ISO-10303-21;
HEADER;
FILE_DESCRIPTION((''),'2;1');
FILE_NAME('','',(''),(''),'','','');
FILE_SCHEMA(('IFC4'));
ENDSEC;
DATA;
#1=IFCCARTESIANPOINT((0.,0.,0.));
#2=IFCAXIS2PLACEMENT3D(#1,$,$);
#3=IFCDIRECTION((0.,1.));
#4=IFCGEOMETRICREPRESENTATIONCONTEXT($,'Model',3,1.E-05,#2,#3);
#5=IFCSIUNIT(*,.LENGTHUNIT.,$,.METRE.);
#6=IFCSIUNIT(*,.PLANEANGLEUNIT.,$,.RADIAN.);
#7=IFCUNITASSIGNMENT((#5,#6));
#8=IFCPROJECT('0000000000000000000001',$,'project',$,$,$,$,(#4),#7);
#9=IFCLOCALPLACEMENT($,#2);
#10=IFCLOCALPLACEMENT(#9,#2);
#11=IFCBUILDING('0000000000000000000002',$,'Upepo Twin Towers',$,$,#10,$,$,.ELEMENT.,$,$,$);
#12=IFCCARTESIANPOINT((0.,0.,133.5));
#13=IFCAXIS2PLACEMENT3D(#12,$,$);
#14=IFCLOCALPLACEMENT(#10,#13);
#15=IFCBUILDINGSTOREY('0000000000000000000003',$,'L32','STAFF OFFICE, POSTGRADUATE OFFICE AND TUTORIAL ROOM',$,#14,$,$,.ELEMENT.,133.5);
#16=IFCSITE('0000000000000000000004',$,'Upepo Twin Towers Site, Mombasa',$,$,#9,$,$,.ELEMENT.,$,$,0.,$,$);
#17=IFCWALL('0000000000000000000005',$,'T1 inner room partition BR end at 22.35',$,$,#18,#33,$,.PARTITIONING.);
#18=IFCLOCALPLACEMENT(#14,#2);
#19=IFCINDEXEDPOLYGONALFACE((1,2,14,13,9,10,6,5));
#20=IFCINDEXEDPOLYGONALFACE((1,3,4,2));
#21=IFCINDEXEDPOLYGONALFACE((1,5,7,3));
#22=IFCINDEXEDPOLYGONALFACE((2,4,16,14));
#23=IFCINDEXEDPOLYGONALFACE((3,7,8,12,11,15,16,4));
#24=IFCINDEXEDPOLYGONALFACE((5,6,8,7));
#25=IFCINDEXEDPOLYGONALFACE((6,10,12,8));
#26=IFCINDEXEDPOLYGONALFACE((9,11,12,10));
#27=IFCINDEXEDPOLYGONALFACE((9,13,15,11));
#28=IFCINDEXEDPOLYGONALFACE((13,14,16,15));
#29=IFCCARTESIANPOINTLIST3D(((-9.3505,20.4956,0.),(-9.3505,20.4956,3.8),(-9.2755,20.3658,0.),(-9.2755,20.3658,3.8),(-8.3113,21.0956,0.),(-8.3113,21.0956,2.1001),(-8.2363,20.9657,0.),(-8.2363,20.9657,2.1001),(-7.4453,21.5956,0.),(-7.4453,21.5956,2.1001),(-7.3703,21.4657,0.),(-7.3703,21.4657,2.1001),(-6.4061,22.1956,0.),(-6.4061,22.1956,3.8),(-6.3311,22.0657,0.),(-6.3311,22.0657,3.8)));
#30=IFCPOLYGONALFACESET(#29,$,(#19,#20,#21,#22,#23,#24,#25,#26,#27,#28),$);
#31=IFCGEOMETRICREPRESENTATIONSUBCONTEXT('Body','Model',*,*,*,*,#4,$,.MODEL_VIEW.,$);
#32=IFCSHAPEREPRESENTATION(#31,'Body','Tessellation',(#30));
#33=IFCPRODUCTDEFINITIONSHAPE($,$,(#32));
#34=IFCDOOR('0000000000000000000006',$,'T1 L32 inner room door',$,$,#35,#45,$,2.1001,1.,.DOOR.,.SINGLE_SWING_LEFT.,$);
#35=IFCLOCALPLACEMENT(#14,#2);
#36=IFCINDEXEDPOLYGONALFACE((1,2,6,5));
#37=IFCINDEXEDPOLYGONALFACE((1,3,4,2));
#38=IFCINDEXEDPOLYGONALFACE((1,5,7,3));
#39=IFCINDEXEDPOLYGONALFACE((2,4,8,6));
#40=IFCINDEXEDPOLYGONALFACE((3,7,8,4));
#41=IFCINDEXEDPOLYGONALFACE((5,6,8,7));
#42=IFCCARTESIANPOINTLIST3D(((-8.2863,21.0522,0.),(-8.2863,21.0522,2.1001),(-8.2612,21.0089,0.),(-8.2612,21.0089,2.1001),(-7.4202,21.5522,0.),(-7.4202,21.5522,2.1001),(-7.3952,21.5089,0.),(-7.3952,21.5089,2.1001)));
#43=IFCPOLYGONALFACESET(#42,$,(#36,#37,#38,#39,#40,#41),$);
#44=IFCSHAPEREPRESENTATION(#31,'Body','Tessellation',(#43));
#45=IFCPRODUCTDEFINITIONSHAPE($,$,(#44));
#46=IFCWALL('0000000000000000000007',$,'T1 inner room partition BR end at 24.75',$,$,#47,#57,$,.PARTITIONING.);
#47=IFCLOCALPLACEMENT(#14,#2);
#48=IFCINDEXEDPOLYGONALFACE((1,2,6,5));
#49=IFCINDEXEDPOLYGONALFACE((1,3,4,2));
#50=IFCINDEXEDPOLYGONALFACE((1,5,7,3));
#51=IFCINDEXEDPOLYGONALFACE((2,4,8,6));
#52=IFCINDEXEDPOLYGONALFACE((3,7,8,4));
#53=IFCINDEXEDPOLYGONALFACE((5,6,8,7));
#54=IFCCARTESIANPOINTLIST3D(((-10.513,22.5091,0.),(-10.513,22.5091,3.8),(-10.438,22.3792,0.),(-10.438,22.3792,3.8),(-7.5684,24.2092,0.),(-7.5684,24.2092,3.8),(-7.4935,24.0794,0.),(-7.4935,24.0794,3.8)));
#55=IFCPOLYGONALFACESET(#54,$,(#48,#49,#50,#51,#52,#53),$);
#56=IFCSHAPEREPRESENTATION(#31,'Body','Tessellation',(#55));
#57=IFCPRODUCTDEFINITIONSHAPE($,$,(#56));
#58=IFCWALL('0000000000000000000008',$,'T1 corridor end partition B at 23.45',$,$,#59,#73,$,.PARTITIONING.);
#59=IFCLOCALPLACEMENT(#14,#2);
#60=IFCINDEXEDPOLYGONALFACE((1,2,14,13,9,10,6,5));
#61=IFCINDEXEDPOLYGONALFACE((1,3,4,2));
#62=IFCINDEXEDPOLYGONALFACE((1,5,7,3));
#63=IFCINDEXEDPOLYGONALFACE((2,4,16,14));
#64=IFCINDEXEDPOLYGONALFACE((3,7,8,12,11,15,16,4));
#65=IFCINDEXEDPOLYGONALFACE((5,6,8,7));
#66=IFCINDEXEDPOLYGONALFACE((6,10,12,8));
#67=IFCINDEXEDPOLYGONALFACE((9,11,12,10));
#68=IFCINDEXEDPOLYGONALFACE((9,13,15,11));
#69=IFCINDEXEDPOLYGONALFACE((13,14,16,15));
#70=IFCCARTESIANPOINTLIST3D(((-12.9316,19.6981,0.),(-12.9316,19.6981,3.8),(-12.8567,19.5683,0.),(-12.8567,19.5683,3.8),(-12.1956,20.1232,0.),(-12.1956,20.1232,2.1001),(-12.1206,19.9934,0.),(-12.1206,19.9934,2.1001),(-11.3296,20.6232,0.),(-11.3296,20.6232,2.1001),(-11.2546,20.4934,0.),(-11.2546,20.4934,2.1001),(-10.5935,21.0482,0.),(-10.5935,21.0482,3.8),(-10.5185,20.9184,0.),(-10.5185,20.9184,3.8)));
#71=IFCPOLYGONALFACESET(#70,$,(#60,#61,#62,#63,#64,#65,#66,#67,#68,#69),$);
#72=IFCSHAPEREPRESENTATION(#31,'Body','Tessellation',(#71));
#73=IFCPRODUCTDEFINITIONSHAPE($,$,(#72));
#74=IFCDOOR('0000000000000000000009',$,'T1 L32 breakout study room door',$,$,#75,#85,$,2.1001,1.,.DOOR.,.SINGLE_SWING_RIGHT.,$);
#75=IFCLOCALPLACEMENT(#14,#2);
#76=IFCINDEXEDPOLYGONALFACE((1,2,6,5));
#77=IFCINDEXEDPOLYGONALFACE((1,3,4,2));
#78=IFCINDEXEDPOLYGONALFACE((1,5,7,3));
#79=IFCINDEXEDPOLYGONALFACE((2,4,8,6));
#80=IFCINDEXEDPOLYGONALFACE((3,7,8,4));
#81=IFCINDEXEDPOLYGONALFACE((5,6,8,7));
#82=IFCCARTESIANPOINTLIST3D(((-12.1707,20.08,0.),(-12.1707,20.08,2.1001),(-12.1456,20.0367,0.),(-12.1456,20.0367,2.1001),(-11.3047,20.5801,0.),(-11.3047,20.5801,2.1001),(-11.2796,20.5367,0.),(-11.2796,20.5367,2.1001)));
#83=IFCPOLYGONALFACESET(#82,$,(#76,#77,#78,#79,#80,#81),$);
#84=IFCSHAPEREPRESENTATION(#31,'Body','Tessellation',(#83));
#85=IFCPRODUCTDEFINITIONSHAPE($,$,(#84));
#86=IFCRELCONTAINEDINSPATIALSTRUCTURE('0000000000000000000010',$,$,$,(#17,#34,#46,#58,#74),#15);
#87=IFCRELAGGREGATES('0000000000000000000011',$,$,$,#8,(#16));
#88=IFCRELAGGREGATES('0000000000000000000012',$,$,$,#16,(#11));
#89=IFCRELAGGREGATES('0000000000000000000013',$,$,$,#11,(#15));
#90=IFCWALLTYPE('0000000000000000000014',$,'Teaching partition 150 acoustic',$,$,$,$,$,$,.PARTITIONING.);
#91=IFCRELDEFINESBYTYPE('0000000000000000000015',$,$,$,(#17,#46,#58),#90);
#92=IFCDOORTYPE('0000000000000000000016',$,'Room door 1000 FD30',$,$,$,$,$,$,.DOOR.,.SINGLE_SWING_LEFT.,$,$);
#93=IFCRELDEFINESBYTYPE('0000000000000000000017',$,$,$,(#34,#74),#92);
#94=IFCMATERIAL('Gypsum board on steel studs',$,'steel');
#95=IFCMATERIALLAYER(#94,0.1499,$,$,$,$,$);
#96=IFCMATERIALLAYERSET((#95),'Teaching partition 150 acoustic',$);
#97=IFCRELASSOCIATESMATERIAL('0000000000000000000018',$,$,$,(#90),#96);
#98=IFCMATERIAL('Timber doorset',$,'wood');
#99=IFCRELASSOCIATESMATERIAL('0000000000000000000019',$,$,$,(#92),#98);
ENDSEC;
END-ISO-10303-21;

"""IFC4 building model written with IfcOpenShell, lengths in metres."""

from ifc_helpers import new_model, si_unit, direction, frame, frame_2d, origin, place, context, subcontext, project, spatial, rectangle, extrude, material, layer, layer_set, type_object, element, fill, save


model = new_model("IFC4")

# Units and contexts
model_context = context("Model", 3, precision=1e-05, world=origin(), true_north=direction((0.0, 1.0)))
body_context = subcontext(model_context, "Body", "Model", "MODEL_VIEW")
ifc_project = project(units=[si_unit("LENGTHUNIT", "METRE"), si_unit("PLANEANGLEUNIT", "RADIAN")], contexts=[model_context])

# Site, building, storey
site_placement = place(None, origin())
site = spatial("IfcSite", under=ifc_project, at=site_placement, Name="Upepo Twin Towers Site, Mombasa", CompositionType="ELEMENT", RefElevation=0.0)
building_placement = place(site_placement, origin())
building = spatial("IfcBuilding", under=site, at=building_placement, Name="Upepo Twin Towers", CompositionType="ELEMENT")
storey_placement = place(building_placement, frame((0.0, 0.0, 133.5)))
storey = spatial("IfcBuildingStorey", under=building, at=storey_placement, Name="L32", Description="STAFF OFFICE, POSTGRADUATE OFFICE AND TUTORIAL ROOM", CompositionType="ELEMENT", Elevation=133.5)

# Shared definitions
ifc_material_1 = material(Name="Gypsum board on steel studs", Category="steel")
ifc_layer_1 = layer(ifc_material_1, 0.1499)
ifc_layer_set_1 = layer_set([ifc_layer_1], Name="Teaching partition 150 acoustic")
wall_type_1 = type_object("IfcWallType", Name="Teaching partition 150 acoustic", PredefinedType="PARTITIONING", material=ifc_layer_set_1)
ifc_material_2 = material(Name="Timber doorset", Category="wood")
door_type = type_object("IfcDoorType", Name="Room door 1000 FD30", OperationType="SINGLE_SWING_LEFT", PredefinedType="DOOR", material=ifc_material_2)

# Wall, opening, door
wall_1_placement = place(storey_placement, frame((-9.313, 20.4307, 0.0), z_axis=(0.0, 0.0, 1.0), x_axis=(0.866021, 0.500008, 0.0)))
wall_1 = element("IfcWall", 1, at=wall_1_placement, inside=storey, type_object=wall_type_1, Name="T1 inner room partition BR end at 22.35", PredefinedType="PARTITIONING", context=body_context, shape_type="SweptSolid", body=[
    extrude(rectangle(XDim=3.3999, YDim=0.1499, at=frame_2d((1.7, 0.0))), origin(), (0.0, 0.0, 1.0), 3.8),
])
opening_1_placement = place(wall_1_placement, frame((1.2, 0.0, 0.0)))
opening_1 = element("IfcOpeningElement", 2, at=opening_1_placement, cuts=wall_1, PredefinedType="OPENING", context=body_context, shape_type="SweptSolid", body=[
    extrude(rectangle(XDim=1.0, YDim=2.1001, at=frame_2d((0.5, 1.05))), frame((0.0, 0.085, 0.0), z_axis=(0.0, -1.0, 0.0), x_axis=(1.0, 0.0, 0.0)), (0.0, 0.0, 1.0), 0.1699),
])
door_1_placement = place(opening_1_placement, origin())
door_1 = element("IfcDoor", 3, at=door_1_placement, inside=storey, type_object=door_type, Name="T1 L32 inner room door", OperationType="SINGLE_SWING_LEFT", OverallHeight=2.1001, OverallWidth=1.0, PredefinedType="DOOR", context=body_context, shape_type="SweptSolid", body=[
    extrude(rectangle(XDim=1.0, YDim=2.1001, at=frame_2d((0.5, 1.05))), frame((0.0, 0.0249, 0.0), z_axis=(0.0, -1.0, 0.0), x_axis=(1.0, 0.0, 0.0)), (0.0, 0.0, 1.0), 0.05),
])
fill(opening_1, door_1)

# Wall
wall_2_placement = place(storey_placement, frame((-10.4756, 22.4441, 0.0), z_axis=(0.0, 0.0, 1.0), x_axis=(0.866007, 0.500031, 0.0)))
element("IfcWall", 4, at=wall_2_placement, inside=storey, type_object=wall_type_1, Name="T1 inner room partition BR end at 24.75", PredefinedType="PARTITIONING", context=body_context, shape_type="SweptSolid", body=[
    extrude(rectangle(XDim=3.4001, YDim=0.1499, at=frame_2d((1.7002, 0.0))), origin(), (0.0, 0.0, 1.0), 3.8),
])

# Wall, opening, door
wall_3_placement = place(storey_placement, frame((-10.5559, 20.9834, 0.0), z_axis=(0.0, 0.0, 1.0), x_axis=(-0.865997, -0.500049, 0.0)))
wall_3 = element("IfcWall", 5, at=wall_3_placement, inside=storey, type_object=wall_type_1, Name="T1 corridor end partition B at 23.45", PredefinedType="PARTITIONING", context=body_context, shape_type="SweptSolid", body=[
    extrude(rectangle(XDim=2.7, YDim=0.1499, at=frame_2d((1.3501, 0.0))), origin(), (0.0, 0.0, 1.0), 3.8),
])
opening_2_placement = place(wall_3_placement, frame((0.8501, 0.0, 0.0)))
opening_2 = element("IfcOpeningElement", 6, at=opening_2_placement, cuts=wall_3, PredefinedType="OPENING", context=body_context, shape_type="SweptSolid", body=[
    extrude(rectangle(XDim=1.0, YDim=2.1001, at=frame_2d((0.5, 1.05))), frame((0.0, 0.085, 0.0), z_axis=(0.0, -1.0, 0.0), x_axis=(1.0, 0.0, 0.0)), (0.0, 0.0, 1.0), 0.1699),
])
door_2_placement = place(opening_2_placement, origin())
door_2 = element("IfcDoor", 7, at=door_2_placement, inside=storey, type_object=door_type, Name="T1 L32 breakout study room door", OperationType="SINGLE_SWING_RIGHT", OverallHeight=2.1001, OverallWidth=1.0, PredefinedType="DOOR", context=body_context, shape_type="SweptSolid", body=[
    extrude(rectangle(XDim=1.0, YDim=2.1001, at=frame_2d((0.5, 1.05))), frame((0.0, 0.0249, 0.0), z_axis=(0.0, -1.0, 0.0), x_axis=(1.0, 0.0, 0.0)), (0.0, 0.0, 1.0), 0.05),
])
fill(opening_2, door_2)

save(model, "model.ifc")
